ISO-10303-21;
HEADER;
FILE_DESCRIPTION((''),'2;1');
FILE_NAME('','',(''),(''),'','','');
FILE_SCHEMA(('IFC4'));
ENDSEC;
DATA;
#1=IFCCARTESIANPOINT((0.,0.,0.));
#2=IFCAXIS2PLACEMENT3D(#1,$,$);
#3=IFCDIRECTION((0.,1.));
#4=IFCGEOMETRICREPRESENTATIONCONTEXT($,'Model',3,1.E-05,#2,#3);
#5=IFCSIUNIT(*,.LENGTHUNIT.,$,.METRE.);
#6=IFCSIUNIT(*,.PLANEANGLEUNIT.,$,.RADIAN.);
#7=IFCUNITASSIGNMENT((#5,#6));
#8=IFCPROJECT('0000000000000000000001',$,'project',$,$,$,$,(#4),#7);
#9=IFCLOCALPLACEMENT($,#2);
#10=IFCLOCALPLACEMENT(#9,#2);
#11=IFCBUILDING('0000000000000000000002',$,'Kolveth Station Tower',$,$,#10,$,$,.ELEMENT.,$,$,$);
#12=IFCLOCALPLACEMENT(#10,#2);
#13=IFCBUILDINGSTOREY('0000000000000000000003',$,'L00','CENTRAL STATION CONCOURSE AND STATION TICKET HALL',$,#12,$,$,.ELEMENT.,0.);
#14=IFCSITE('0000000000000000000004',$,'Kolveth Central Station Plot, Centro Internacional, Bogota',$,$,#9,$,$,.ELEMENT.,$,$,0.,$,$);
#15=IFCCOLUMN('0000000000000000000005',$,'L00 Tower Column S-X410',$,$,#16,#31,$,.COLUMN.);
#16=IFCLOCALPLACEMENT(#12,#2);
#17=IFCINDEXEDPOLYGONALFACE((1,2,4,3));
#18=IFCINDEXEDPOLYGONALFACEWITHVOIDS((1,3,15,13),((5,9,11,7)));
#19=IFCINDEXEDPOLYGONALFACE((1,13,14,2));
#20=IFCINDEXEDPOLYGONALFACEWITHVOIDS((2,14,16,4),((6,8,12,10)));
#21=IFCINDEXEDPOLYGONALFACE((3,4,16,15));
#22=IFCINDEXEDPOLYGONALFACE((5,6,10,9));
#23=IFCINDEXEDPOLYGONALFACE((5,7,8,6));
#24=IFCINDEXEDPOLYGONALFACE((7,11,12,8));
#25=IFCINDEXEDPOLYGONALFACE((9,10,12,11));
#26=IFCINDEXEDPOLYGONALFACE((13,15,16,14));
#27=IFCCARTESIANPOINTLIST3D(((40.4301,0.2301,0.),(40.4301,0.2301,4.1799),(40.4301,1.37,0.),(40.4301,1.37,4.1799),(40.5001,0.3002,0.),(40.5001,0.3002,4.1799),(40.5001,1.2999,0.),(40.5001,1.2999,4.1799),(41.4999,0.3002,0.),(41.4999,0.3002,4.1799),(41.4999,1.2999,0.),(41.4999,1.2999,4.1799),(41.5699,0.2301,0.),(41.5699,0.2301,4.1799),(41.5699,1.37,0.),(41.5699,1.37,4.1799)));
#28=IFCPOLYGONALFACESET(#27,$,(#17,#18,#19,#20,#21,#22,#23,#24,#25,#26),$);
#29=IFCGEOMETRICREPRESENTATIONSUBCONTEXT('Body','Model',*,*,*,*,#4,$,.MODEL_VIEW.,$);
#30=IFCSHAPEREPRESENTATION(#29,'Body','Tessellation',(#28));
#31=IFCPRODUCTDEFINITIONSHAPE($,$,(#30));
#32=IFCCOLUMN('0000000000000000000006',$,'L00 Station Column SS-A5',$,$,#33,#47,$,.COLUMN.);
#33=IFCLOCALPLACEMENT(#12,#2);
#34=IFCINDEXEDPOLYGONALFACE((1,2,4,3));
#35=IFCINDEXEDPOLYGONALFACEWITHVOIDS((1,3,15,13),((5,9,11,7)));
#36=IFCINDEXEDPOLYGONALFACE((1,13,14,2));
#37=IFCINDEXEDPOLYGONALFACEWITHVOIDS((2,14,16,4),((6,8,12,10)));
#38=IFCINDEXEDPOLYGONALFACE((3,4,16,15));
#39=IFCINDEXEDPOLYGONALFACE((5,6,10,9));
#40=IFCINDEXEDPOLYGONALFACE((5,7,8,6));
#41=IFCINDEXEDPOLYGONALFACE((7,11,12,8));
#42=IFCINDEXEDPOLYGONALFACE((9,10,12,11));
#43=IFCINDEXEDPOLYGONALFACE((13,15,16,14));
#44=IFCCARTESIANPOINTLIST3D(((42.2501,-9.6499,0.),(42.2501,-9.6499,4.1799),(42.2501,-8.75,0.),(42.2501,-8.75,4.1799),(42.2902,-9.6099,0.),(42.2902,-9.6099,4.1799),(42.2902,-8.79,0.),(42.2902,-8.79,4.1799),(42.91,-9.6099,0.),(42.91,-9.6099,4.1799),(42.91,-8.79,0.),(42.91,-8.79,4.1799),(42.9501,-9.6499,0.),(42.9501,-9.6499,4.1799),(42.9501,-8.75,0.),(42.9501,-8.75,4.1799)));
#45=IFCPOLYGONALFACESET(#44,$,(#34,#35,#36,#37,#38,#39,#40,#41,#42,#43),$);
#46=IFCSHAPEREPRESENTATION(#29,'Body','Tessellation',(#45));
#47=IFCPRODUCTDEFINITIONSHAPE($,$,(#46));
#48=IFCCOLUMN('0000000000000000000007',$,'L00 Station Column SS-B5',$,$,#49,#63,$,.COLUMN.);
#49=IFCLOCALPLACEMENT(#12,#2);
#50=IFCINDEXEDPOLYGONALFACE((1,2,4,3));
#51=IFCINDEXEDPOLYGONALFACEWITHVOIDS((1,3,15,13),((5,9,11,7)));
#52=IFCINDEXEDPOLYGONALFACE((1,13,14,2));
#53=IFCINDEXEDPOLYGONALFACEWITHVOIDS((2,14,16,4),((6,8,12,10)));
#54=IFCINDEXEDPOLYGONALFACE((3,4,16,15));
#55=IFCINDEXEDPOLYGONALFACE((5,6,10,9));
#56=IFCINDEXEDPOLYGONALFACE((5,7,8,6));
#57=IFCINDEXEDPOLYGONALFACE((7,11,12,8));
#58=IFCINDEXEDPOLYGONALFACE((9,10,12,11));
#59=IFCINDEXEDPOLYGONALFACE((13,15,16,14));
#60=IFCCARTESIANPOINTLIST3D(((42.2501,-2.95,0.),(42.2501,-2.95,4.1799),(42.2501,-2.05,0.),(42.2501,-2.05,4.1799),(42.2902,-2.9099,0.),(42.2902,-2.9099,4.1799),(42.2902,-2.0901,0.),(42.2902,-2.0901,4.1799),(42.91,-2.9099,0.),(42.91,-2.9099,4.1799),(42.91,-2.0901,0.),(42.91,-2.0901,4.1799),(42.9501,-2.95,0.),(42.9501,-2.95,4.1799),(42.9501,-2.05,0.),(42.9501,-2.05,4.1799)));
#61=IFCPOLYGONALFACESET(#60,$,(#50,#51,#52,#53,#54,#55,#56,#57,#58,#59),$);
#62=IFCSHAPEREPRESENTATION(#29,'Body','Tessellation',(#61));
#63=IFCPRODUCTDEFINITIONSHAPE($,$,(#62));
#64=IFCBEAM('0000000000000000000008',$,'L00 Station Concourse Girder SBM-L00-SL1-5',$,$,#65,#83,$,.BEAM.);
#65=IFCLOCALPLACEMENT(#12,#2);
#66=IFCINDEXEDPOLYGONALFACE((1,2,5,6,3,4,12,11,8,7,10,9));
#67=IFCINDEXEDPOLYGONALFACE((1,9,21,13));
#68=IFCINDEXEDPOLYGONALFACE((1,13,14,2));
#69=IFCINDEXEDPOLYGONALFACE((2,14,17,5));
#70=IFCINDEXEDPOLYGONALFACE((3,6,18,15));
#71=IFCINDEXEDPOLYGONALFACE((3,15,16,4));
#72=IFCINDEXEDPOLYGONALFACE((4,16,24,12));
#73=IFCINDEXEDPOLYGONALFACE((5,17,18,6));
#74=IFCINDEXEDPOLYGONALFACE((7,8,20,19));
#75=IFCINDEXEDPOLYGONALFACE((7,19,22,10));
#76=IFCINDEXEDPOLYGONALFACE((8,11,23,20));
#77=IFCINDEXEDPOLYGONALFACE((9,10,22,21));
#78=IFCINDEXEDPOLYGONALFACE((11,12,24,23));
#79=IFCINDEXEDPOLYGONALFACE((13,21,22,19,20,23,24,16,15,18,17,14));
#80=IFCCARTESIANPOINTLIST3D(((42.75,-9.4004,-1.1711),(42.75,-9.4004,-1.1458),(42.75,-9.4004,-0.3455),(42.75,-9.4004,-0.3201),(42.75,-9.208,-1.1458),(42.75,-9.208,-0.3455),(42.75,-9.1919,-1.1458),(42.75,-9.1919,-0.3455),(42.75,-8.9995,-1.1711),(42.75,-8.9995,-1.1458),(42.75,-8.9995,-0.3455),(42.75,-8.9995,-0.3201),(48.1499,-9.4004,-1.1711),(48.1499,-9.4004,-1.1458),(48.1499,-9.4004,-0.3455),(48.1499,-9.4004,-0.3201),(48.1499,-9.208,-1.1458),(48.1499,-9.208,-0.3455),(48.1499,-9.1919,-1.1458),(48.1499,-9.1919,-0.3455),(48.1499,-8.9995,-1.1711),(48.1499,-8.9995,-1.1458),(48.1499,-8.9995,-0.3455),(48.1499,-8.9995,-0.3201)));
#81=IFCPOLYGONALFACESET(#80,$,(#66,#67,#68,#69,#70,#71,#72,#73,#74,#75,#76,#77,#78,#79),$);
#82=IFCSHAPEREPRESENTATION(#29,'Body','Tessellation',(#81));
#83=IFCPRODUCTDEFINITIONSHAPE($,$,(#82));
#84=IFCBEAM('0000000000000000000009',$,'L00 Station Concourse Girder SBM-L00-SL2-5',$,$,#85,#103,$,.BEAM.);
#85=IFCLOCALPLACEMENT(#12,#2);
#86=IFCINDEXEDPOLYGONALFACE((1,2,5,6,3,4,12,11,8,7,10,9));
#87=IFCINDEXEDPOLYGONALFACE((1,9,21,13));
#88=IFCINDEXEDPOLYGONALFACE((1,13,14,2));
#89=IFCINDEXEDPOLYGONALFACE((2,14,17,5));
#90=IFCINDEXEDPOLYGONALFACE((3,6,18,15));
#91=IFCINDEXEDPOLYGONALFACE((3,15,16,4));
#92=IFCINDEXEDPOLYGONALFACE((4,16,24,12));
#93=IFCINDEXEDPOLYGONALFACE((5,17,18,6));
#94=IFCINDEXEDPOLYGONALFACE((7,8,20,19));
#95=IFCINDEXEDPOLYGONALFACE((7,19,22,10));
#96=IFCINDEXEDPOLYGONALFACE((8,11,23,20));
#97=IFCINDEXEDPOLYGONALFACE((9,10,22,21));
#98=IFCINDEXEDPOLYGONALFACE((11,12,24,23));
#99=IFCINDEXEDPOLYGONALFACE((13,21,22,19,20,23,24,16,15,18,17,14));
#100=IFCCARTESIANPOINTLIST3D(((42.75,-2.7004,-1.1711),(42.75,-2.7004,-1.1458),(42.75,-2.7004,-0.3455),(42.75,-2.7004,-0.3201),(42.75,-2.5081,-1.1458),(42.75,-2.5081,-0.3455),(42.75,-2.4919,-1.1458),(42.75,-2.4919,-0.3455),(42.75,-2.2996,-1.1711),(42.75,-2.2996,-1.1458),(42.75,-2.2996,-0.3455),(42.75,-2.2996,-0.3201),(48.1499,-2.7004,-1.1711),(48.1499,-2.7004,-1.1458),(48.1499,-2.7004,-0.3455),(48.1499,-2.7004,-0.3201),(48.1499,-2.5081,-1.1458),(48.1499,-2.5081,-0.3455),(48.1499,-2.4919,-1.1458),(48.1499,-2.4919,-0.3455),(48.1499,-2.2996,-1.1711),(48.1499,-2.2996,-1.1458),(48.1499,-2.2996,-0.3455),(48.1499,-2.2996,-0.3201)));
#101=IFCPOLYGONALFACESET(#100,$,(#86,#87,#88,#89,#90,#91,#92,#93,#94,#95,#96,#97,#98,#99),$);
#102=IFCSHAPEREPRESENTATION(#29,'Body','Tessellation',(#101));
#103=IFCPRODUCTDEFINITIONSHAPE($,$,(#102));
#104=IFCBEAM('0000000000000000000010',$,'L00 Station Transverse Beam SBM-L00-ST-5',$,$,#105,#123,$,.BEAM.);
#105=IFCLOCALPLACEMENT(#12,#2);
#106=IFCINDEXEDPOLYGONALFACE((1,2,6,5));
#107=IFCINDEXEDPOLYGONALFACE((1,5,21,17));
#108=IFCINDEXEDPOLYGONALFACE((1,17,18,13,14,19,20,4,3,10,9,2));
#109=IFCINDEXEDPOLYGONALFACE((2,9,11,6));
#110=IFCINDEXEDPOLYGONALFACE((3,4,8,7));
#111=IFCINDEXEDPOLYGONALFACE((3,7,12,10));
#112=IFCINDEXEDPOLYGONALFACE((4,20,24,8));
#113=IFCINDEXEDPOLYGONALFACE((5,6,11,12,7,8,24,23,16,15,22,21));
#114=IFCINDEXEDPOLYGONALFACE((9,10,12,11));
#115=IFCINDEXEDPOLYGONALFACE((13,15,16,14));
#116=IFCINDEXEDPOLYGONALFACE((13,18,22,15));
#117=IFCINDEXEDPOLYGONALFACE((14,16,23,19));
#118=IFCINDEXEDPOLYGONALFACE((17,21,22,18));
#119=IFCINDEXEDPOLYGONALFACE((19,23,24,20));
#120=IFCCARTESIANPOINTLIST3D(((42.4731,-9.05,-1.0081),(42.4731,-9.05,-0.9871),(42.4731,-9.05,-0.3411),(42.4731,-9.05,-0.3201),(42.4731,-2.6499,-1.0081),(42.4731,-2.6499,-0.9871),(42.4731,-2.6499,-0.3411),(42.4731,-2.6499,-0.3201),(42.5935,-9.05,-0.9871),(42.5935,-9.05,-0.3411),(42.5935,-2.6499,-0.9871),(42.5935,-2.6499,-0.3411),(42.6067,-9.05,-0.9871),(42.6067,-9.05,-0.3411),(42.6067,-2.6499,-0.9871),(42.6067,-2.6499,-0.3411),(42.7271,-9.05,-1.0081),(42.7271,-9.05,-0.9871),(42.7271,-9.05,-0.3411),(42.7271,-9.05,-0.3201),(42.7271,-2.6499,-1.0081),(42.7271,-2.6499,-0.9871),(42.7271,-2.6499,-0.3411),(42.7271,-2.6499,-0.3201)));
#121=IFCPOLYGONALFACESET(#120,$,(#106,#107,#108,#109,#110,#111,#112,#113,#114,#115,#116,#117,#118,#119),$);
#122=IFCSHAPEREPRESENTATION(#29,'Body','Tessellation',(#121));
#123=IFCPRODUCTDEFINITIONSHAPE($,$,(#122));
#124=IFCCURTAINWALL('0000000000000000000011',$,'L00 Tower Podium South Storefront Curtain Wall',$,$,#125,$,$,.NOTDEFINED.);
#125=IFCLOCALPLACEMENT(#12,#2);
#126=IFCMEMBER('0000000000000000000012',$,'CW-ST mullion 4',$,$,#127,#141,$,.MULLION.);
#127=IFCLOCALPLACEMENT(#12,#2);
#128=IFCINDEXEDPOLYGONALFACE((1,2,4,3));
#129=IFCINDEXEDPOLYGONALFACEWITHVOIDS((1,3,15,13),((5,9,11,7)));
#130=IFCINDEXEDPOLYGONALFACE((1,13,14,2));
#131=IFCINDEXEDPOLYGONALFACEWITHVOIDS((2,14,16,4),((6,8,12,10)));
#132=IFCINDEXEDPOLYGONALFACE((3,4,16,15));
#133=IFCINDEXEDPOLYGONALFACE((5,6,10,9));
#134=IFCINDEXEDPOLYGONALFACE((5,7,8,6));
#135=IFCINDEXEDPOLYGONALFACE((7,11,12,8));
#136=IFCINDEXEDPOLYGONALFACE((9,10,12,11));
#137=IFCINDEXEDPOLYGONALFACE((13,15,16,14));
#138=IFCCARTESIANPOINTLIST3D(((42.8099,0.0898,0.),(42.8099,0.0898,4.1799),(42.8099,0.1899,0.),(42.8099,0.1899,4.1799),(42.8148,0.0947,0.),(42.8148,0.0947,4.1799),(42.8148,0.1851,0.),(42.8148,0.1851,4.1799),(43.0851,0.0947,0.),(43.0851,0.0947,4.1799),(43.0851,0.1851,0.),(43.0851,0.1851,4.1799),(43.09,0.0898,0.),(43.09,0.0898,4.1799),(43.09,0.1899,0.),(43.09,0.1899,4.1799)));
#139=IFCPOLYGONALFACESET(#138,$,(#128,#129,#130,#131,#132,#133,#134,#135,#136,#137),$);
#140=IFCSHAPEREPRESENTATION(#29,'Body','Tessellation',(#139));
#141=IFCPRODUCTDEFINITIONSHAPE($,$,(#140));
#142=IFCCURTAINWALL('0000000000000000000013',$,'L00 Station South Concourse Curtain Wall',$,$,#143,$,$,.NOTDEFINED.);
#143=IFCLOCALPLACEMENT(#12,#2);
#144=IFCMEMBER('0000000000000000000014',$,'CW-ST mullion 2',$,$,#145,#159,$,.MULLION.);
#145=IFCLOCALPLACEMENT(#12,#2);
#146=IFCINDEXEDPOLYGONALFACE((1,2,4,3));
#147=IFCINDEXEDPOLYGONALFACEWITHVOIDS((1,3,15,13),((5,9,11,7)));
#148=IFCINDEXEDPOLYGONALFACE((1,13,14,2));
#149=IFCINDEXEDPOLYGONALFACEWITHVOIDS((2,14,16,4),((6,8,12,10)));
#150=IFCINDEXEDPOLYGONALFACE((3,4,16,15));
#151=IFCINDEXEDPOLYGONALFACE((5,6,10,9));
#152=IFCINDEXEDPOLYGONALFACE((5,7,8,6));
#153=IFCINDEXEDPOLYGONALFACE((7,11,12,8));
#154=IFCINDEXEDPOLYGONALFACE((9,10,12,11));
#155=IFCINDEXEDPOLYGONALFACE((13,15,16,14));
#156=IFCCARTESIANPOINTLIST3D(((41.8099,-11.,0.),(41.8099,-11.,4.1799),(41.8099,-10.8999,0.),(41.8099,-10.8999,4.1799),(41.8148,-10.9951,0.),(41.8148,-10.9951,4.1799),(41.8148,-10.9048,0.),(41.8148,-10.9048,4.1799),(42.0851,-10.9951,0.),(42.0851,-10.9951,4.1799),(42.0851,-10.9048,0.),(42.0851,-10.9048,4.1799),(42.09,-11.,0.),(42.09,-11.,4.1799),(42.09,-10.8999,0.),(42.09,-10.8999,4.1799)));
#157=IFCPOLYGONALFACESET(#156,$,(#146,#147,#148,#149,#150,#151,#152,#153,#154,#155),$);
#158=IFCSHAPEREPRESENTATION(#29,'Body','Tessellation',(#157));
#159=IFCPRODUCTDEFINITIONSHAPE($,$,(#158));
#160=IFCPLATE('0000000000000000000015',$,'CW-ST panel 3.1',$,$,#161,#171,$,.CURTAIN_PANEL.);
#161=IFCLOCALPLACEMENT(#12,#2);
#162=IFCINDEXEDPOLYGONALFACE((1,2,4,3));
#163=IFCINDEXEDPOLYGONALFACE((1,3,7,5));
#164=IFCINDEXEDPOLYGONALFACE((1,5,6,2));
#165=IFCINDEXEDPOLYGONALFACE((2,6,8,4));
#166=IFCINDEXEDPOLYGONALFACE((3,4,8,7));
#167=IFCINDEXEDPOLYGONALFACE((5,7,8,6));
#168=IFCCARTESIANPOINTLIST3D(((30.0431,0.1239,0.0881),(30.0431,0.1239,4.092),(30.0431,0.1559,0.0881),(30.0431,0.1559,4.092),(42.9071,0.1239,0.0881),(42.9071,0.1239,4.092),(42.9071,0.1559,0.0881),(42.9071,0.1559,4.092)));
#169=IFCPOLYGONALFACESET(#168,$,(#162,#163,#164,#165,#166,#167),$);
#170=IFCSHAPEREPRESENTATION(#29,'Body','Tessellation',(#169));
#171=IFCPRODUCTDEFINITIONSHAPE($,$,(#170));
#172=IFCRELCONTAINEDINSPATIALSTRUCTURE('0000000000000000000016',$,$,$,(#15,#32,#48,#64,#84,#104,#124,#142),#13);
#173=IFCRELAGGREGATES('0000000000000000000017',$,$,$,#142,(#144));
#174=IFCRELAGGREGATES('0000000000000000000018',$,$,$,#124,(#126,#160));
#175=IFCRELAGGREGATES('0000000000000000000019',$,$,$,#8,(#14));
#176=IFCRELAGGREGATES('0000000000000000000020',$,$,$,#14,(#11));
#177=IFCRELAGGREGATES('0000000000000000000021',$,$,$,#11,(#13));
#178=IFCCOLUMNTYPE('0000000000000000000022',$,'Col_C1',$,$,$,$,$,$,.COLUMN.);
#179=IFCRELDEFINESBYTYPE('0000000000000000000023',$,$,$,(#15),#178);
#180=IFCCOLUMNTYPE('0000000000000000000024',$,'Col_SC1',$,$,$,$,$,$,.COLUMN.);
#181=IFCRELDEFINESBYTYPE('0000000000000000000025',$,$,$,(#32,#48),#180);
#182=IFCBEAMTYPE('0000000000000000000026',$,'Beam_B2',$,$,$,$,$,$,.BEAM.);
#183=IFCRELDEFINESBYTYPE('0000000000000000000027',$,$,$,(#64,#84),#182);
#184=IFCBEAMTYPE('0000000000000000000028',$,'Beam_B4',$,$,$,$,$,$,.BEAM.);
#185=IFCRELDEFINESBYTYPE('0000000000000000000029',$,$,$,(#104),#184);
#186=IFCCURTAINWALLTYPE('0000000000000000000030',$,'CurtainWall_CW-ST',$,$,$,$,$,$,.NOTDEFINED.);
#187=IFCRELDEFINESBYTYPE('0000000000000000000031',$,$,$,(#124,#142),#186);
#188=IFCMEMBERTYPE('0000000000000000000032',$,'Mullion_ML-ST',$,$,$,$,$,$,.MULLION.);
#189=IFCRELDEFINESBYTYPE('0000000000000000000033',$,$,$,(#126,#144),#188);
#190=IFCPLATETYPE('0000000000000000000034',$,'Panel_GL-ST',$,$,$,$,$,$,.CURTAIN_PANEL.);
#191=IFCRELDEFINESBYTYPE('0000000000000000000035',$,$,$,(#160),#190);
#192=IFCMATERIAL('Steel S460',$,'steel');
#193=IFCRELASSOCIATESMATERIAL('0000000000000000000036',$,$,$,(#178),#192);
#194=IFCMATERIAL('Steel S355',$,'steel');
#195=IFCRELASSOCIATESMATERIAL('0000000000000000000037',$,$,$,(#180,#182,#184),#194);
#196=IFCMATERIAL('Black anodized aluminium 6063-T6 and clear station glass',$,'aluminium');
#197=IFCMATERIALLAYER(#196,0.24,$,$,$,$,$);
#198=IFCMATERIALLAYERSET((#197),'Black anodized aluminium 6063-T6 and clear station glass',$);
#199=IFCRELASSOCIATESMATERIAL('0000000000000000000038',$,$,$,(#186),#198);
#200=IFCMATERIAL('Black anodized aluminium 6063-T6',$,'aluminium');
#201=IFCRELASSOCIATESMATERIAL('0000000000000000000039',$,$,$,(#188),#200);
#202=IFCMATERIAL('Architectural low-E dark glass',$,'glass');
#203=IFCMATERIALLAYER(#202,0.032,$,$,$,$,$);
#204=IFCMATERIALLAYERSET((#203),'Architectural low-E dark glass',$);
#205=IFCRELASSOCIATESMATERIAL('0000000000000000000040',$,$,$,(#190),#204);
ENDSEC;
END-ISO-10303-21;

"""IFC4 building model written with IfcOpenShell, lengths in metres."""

from ifc_helpers import new_model, si_unit, direction, frame, origin, origin_2d, place, context, subcontext, project, spatial, rectangle, hollow_rectangle, i_section, extrude, source, transform, mapped, material, layer, layer_set, material_profile, profile_set, type_object, element, aggregate, save


model = new_model("IFC4")

# Units and contexts
model_context = context("Model", 3, precision=1e-05, world=origin(), true_north=direction((0.0, 1.0)))
body_context = subcontext(model_context, "Body", "Model", "MODEL_VIEW")
ifc_project = project(units=[si_unit("LENGTHUNIT", "METRE"), si_unit("PLANEANGLEUNIT", "RADIAN")], contexts=[model_context])

# Site, building, storey
site_placement = place(None, origin())
site = spatial("IfcSite", under=ifc_project, at=site_placement, Name="Kolveth Central Station Plot, Centro Internacional, Bogota", CompositionType="ELEMENT", RefElevation=0.0)
building_placement = place(site_placement, origin())
building = spatial("IfcBuilding", under=site, at=building_placement, Name="Kolveth Station Tower", CompositionType="ELEMENT")
storey_placement = place(building_placement, origin())
storey = spatial("IfcBuildingStorey", under=building, at=storey_placement, Name="L00", Description="CENTRAL STATION CONCOURSE AND STATION TICKET HALL", CompositionType="ELEMENT", Elevation=0.0)

# Columns
ifc_material_1 = material(Name="Steel S460", Category="steel")
ifc_material_profile_1 = material_profile(ifc_material_1, hollow_rectangle(XDim=1.1399, YDim=1.1399, WallThickness=0.0701, at=origin_2d()), Name="BOX1140x1140x70")
ifc_profile_set_1 = profile_set([ifc_material_profile_1], Name="Steel S460")
column_type_1 = type_object("IfcColumnType", Name="Col_C1", PredefinedType="COLUMN", material=ifc_profile_set_1)
shared_shape_1 = source(origin(), body_context, "Body", "SweptSolid", [
    extrude(hollow_rectangle(XDim=1.1399, YDim=1.1399, WallThickness=0.0701, at=origin_2d()), origin(), (0.0, 0.0, 1.0), 4.1799),
])
column_placement = place(storey_placement, frame((41.0, 0.8, 0.0), z_axis=(0.0, 0.0, 1.0), x_axis=(1.0, 0.0, 0.0)))
element("IfcColumn", 1, at=column_placement, inside=storey, type_object=column_type_1, Name="L00 Tower Column S-X410", PredefinedType="COLUMN", context=body_context, shape_type="MappedRepresentation", body=[
    mapped(shared_shape_1, transform((0.0, 0.0, 0.0), x_axis=(1.0, 0.0, 0.0), y_axis=(0.0, 1.0, 0.0), z_axis=(0.0, 0.0, 1.0), scale=1.0)),
])
ifc_material_2 = material(Name="Steel S355", Category="steel")
ifc_material_profile_2 = material_profile(ifc_material_2, hollow_rectangle(XDim=0.7, YDim=0.8999, WallThickness=0.04, at=origin_2d()), Name="BOX900x700x40")
ifc_profile_set_2 = profile_set([ifc_material_profile_2], Name="Steel S355")
column_type_2 = type_object("IfcColumnType", Name="Col_SC1", PredefinedType="COLUMN", material=ifc_profile_set_2)
shared_shape_2 = source(origin(), body_context, "Body", "SweptSolid", [
    extrude(hollow_rectangle(XDim=0.7, YDim=0.8999, WallThickness=0.04, at=origin_2d()), origin(), (0.0, 0.0, 1.0), 4.1799),
])
for number, where, z_axis, x_axis, name in (
    (2, (42.6001, -9.2, 0.0), (0.0, 0.0, 1.0), (1.0, 0.0, 0.0), "L00 Station Column SS-A5"),
    (3, (42.6001, -2.5, 0.0), (0.0, 0.0, 1.0), (1.0, 0.0, 0.0), "L00 Station Column SS-B5"),
):
    element("IfcColumn", number, at=place(storey_placement, frame(where, z_axis=z_axis, x_axis=x_axis)), inside=storey, type_object=column_type_2, Name=name, PredefinedType="COLUMN", context=body_context, shape_type="MappedRepresentation", body=[
        mapped(shared_shape_2, transform((0.0, 0.0, 0.0), x_axis=(1.0, 0.0, 0.0), y_axis=(0.0, 1.0, 0.0), z_axis=(0.0, 0.0, 1.0), scale=1.0)),
    ])

# Beams
ifc_material_profile_3 = material_profile(ifc_material_2, i_section(OverallWidth=0.4009, OverallDepth=0.8511, WebThickness=0.0161, FlangeThickness=0.0254, at=origin_2d()), Name="W840x226")
ifc_profile_set_3 = profile_set([ifc_material_profile_3], Name="Steel S355")
beam_type_1 = type_object("IfcBeamType", Name="Beam_B2", PredefinedType="BEAM", material=ifc_profile_set_3)
shared_shape_3 = source(origin(), body_context, "Body", "SweptSolid", [
    extrude(i_section(OverallWidth=0.4009, OverallDepth=0.8511, WebThickness=0.0161, FlangeThickness=0.0254, at=origin_2d()), origin(), (0.0, 0.0, 1.0), 5.3999),
])
for number, where, z_axis, x_axis, name in (
    (4, (42.75, -9.2, -0.7456), (1.0, 0.0, 0.0), (0.0, 1.0, 0.0), "L00 Station Concourse Girder SBM-L00-SL1-5"),
    (5, (42.75, -2.5, -0.7456), (1.0, 0.0, 0.0), (0.0, 1.0, 0.0), "L00 Station Concourse Girder SBM-L00-SL2-5"),
):
    element("IfcBeam", number, at=place(storey_placement, frame(where, z_axis=z_axis, x_axis=x_axis)), inside=storey, type_object=beam_type_1, Name=name, PredefinedType="BEAM", context=body_context, shape_type="MappedRepresentation", body=[
        mapped(shared_shape_3, transform((0.0, 0.0, 0.0), x_axis=(1.0, 0.0, 0.0), y_axis=(0.0, 1.0, 0.0), z_axis=(0.0, 0.0, 1.0), scale=1.0)),
    ])
ifc_material_profile_4 = material_profile(ifc_material_2, i_section(OverallWidth=0.2539, OverallDepth=0.688, WebThickness=0.0132, FlangeThickness=0.021, at=origin_2d()), Name="W690x152")
ifc_profile_set_4 = profile_set([ifc_material_profile_4], Name="Steel S355")
beam_type_2 = type_object("IfcBeamType", Name="Beam_B4", PredefinedType="BEAM", material=ifc_profile_set_4)
shared_shape_4 = source(origin(), body_context, "Body", "SweptSolid", [
    extrude(i_section(OverallWidth=0.2539, OverallDepth=0.688, WebThickness=0.0132, FlangeThickness=0.021, at=origin_2d()), origin(), (0.0, 0.0, 1.0), 6.4001),
])
beam_placement = place(storey_placement, frame((42.6001, -9.05, -0.6641), z_axis=(0.0, 1.0, 0.0), x_axis=(-1.0, 0.0, 0.0)))
element("IfcBeam", 6, at=beam_placement, inside=storey, type_object=beam_type_2, Name="L00 Station Transverse Beam SBM-L00-ST-5", PredefinedType="BEAM", context=body_context, shape_type="MappedRepresentation", body=[
    mapped(shared_shape_4, transform((0.0, 0.0, 0.0), x_axis=(1.0, 0.0, 0.0), y_axis=(0.0, 1.0, 0.0), z_axis=(0.0, 0.0, 1.0), scale=1.0)),
])

# Curtain walls, members
ifc_material_3 = material(Name="Black anodized aluminium 6063-T6 and clear station glass", Category="aluminium")
ifc_layer_1 = layer(ifc_material_3, 0.24)
ifc_layer_set_1 = layer_set([ifc_layer_1], Name="Black anodized aluminium 6063-T6 and clear station glass")
curtain_wall_type = type_object("IfcCurtainWallType", Name="CurtainWall_CW-ST", PredefinedType="NOTDEFINED", material=ifc_layer_set_1)
curtain_wall_1_placement = place(storey_placement, origin())
curtain_wall_1 = element("IfcCurtainWall", 7, at=curtain_wall_1_placement, inside=storey, type_object=curtain_wall_type, Name="L00 Tower Podium South Storefront Curtain Wall", PredefinedType="NOTDEFINED")
ifc_material_4 = material(Name="Black anodized aluminium 6063-T6", Category="aluminium")
ifc_material_profile_5 = material_profile(ifc_material_4, hollow_rectangle(XDim=0.1001, YDim=0.28, WallThickness=0.0049, at=origin_2d()), Name="ALU-100x280x5")
ifc_profile_set_5 = profile_set([ifc_material_profile_5], Name="Black anodized aluminium 6063-T6")
member_type = type_object("IfcMemberType", Name="Mullion_ML-ST", PredefinedType="MULLION", material=ifc_profile_set_5)
shared_shape_5 = source(origin(), body_context, "Body", "SweptSolid", [
    extrude(hollow_rectangle(XDim=0.1001, YDim=0.28, WallThickness=0.0049, at=origin_2d()), origin(), (0.0, 0.0, 1.0), 4.1799),
])
member_1_placement = place(storey_placement, frame((42.95, 0.1399, 0.0), z_axis=(0.0, 0.0, 1.0), x_axis=(0.0, 1.0, 0.0)))
member_1 = element("IfcMember", 8, at=member_1_placement, type_object=member_type, Name="CW-ST mullion 4", PredefinedType="MULLION", context=body_context, shape_type="MappedRepresentation", body=[
    mapped(shared_shape_5, transform((0.0, 0.0, 0.0), x_axis=(1.0, 0.0, 0.0), y_axis=(0.0, 1.0, 0.0), z_axis=(0.0, 0.0, 1.0), scale=1.0)),
])
curtain_wall_2_placement = place(storey_placement, origin())
curtain_wall_2 = element("IfcCurtainWall", 9, at=curtain_wall_2_placement, inside=storey, type_object=curtain_wall_type, Name="L00 Station South Concourse Curtain Wall", PredefinedType="NOTDEFINED")
member_2_placement = place(storey_placement, frame((41.95, -10.95, 0.0), z_axis=(0.0, 0.0, 1.0), x_axis=(0.0, 1.0, 0.0)))
member_2 = element("IfcMember", 10, at=member_2_placement, type_object=member_type, Name="CW-ST mullion 2", PredefinedType="MULLION", context=body_context, shape_type="MappedRepresentation", body=[
    mapped(shared_shape_5, transform((0.0, 0.0, 0.0), x_axis=(1.0, 0.0, 0.0), y_axis=(0.0, 1.0, 0.0), z_axis=(0.0, 0.0, 1.0), scale=1.0)),
])
aggregate(curtain_wall_2, [member_2])

# Plate
ifc_material_5 = material(Name="Architectural low-E dark glass", Category="glass")
ifc_layer_2 = layer(ifc_material_5, 0.032)
ifc_layer_set_2 = layer_set([ifc_layer_2], Name="Architectural low-E dark glass")
plate_type = type_object("IfcPlateType", Name="Panel_GL-ST", PredefinedType="CURTAIN_PANEL", material=ifc_layer_set_2)
shared_shape_6 = source(origin(), body_context, "Body", "SweptSolid", [
    extrude(rectangle(XDim=12.864, YDim=0.032, at=origin_2d()), origin(), (0.0, 0.0, 1.0), 4.0039),
])
plate_placement = place(storey_placement, frame((36.4751, 0.1399, 0.0881), z_axis=(0.0, 0.0, 1.0), x_axis=(1.0, 0.0, 0.0)))
plate = element("IfcPlate", 11, at=plate_placement, type_object=plate_type, Name="CW-ST panel 3.1", PredefinedType="CURTAIN_PANEL", context=body_context, shape_type="MappedRepresentation", body=[
    mapped(shared_shape_6, transform((0.0, 0.0, 0.0), x_axis=(1.0, 0.0, 0.0), y_axis=(0.0, 1.0, 0.0), z_axis=(0.0, 0.0, 1.0), scale=1.0)),
])
aggregate(curtain_wall_1, [member_1, plate])

save(model, "model.ifc")
